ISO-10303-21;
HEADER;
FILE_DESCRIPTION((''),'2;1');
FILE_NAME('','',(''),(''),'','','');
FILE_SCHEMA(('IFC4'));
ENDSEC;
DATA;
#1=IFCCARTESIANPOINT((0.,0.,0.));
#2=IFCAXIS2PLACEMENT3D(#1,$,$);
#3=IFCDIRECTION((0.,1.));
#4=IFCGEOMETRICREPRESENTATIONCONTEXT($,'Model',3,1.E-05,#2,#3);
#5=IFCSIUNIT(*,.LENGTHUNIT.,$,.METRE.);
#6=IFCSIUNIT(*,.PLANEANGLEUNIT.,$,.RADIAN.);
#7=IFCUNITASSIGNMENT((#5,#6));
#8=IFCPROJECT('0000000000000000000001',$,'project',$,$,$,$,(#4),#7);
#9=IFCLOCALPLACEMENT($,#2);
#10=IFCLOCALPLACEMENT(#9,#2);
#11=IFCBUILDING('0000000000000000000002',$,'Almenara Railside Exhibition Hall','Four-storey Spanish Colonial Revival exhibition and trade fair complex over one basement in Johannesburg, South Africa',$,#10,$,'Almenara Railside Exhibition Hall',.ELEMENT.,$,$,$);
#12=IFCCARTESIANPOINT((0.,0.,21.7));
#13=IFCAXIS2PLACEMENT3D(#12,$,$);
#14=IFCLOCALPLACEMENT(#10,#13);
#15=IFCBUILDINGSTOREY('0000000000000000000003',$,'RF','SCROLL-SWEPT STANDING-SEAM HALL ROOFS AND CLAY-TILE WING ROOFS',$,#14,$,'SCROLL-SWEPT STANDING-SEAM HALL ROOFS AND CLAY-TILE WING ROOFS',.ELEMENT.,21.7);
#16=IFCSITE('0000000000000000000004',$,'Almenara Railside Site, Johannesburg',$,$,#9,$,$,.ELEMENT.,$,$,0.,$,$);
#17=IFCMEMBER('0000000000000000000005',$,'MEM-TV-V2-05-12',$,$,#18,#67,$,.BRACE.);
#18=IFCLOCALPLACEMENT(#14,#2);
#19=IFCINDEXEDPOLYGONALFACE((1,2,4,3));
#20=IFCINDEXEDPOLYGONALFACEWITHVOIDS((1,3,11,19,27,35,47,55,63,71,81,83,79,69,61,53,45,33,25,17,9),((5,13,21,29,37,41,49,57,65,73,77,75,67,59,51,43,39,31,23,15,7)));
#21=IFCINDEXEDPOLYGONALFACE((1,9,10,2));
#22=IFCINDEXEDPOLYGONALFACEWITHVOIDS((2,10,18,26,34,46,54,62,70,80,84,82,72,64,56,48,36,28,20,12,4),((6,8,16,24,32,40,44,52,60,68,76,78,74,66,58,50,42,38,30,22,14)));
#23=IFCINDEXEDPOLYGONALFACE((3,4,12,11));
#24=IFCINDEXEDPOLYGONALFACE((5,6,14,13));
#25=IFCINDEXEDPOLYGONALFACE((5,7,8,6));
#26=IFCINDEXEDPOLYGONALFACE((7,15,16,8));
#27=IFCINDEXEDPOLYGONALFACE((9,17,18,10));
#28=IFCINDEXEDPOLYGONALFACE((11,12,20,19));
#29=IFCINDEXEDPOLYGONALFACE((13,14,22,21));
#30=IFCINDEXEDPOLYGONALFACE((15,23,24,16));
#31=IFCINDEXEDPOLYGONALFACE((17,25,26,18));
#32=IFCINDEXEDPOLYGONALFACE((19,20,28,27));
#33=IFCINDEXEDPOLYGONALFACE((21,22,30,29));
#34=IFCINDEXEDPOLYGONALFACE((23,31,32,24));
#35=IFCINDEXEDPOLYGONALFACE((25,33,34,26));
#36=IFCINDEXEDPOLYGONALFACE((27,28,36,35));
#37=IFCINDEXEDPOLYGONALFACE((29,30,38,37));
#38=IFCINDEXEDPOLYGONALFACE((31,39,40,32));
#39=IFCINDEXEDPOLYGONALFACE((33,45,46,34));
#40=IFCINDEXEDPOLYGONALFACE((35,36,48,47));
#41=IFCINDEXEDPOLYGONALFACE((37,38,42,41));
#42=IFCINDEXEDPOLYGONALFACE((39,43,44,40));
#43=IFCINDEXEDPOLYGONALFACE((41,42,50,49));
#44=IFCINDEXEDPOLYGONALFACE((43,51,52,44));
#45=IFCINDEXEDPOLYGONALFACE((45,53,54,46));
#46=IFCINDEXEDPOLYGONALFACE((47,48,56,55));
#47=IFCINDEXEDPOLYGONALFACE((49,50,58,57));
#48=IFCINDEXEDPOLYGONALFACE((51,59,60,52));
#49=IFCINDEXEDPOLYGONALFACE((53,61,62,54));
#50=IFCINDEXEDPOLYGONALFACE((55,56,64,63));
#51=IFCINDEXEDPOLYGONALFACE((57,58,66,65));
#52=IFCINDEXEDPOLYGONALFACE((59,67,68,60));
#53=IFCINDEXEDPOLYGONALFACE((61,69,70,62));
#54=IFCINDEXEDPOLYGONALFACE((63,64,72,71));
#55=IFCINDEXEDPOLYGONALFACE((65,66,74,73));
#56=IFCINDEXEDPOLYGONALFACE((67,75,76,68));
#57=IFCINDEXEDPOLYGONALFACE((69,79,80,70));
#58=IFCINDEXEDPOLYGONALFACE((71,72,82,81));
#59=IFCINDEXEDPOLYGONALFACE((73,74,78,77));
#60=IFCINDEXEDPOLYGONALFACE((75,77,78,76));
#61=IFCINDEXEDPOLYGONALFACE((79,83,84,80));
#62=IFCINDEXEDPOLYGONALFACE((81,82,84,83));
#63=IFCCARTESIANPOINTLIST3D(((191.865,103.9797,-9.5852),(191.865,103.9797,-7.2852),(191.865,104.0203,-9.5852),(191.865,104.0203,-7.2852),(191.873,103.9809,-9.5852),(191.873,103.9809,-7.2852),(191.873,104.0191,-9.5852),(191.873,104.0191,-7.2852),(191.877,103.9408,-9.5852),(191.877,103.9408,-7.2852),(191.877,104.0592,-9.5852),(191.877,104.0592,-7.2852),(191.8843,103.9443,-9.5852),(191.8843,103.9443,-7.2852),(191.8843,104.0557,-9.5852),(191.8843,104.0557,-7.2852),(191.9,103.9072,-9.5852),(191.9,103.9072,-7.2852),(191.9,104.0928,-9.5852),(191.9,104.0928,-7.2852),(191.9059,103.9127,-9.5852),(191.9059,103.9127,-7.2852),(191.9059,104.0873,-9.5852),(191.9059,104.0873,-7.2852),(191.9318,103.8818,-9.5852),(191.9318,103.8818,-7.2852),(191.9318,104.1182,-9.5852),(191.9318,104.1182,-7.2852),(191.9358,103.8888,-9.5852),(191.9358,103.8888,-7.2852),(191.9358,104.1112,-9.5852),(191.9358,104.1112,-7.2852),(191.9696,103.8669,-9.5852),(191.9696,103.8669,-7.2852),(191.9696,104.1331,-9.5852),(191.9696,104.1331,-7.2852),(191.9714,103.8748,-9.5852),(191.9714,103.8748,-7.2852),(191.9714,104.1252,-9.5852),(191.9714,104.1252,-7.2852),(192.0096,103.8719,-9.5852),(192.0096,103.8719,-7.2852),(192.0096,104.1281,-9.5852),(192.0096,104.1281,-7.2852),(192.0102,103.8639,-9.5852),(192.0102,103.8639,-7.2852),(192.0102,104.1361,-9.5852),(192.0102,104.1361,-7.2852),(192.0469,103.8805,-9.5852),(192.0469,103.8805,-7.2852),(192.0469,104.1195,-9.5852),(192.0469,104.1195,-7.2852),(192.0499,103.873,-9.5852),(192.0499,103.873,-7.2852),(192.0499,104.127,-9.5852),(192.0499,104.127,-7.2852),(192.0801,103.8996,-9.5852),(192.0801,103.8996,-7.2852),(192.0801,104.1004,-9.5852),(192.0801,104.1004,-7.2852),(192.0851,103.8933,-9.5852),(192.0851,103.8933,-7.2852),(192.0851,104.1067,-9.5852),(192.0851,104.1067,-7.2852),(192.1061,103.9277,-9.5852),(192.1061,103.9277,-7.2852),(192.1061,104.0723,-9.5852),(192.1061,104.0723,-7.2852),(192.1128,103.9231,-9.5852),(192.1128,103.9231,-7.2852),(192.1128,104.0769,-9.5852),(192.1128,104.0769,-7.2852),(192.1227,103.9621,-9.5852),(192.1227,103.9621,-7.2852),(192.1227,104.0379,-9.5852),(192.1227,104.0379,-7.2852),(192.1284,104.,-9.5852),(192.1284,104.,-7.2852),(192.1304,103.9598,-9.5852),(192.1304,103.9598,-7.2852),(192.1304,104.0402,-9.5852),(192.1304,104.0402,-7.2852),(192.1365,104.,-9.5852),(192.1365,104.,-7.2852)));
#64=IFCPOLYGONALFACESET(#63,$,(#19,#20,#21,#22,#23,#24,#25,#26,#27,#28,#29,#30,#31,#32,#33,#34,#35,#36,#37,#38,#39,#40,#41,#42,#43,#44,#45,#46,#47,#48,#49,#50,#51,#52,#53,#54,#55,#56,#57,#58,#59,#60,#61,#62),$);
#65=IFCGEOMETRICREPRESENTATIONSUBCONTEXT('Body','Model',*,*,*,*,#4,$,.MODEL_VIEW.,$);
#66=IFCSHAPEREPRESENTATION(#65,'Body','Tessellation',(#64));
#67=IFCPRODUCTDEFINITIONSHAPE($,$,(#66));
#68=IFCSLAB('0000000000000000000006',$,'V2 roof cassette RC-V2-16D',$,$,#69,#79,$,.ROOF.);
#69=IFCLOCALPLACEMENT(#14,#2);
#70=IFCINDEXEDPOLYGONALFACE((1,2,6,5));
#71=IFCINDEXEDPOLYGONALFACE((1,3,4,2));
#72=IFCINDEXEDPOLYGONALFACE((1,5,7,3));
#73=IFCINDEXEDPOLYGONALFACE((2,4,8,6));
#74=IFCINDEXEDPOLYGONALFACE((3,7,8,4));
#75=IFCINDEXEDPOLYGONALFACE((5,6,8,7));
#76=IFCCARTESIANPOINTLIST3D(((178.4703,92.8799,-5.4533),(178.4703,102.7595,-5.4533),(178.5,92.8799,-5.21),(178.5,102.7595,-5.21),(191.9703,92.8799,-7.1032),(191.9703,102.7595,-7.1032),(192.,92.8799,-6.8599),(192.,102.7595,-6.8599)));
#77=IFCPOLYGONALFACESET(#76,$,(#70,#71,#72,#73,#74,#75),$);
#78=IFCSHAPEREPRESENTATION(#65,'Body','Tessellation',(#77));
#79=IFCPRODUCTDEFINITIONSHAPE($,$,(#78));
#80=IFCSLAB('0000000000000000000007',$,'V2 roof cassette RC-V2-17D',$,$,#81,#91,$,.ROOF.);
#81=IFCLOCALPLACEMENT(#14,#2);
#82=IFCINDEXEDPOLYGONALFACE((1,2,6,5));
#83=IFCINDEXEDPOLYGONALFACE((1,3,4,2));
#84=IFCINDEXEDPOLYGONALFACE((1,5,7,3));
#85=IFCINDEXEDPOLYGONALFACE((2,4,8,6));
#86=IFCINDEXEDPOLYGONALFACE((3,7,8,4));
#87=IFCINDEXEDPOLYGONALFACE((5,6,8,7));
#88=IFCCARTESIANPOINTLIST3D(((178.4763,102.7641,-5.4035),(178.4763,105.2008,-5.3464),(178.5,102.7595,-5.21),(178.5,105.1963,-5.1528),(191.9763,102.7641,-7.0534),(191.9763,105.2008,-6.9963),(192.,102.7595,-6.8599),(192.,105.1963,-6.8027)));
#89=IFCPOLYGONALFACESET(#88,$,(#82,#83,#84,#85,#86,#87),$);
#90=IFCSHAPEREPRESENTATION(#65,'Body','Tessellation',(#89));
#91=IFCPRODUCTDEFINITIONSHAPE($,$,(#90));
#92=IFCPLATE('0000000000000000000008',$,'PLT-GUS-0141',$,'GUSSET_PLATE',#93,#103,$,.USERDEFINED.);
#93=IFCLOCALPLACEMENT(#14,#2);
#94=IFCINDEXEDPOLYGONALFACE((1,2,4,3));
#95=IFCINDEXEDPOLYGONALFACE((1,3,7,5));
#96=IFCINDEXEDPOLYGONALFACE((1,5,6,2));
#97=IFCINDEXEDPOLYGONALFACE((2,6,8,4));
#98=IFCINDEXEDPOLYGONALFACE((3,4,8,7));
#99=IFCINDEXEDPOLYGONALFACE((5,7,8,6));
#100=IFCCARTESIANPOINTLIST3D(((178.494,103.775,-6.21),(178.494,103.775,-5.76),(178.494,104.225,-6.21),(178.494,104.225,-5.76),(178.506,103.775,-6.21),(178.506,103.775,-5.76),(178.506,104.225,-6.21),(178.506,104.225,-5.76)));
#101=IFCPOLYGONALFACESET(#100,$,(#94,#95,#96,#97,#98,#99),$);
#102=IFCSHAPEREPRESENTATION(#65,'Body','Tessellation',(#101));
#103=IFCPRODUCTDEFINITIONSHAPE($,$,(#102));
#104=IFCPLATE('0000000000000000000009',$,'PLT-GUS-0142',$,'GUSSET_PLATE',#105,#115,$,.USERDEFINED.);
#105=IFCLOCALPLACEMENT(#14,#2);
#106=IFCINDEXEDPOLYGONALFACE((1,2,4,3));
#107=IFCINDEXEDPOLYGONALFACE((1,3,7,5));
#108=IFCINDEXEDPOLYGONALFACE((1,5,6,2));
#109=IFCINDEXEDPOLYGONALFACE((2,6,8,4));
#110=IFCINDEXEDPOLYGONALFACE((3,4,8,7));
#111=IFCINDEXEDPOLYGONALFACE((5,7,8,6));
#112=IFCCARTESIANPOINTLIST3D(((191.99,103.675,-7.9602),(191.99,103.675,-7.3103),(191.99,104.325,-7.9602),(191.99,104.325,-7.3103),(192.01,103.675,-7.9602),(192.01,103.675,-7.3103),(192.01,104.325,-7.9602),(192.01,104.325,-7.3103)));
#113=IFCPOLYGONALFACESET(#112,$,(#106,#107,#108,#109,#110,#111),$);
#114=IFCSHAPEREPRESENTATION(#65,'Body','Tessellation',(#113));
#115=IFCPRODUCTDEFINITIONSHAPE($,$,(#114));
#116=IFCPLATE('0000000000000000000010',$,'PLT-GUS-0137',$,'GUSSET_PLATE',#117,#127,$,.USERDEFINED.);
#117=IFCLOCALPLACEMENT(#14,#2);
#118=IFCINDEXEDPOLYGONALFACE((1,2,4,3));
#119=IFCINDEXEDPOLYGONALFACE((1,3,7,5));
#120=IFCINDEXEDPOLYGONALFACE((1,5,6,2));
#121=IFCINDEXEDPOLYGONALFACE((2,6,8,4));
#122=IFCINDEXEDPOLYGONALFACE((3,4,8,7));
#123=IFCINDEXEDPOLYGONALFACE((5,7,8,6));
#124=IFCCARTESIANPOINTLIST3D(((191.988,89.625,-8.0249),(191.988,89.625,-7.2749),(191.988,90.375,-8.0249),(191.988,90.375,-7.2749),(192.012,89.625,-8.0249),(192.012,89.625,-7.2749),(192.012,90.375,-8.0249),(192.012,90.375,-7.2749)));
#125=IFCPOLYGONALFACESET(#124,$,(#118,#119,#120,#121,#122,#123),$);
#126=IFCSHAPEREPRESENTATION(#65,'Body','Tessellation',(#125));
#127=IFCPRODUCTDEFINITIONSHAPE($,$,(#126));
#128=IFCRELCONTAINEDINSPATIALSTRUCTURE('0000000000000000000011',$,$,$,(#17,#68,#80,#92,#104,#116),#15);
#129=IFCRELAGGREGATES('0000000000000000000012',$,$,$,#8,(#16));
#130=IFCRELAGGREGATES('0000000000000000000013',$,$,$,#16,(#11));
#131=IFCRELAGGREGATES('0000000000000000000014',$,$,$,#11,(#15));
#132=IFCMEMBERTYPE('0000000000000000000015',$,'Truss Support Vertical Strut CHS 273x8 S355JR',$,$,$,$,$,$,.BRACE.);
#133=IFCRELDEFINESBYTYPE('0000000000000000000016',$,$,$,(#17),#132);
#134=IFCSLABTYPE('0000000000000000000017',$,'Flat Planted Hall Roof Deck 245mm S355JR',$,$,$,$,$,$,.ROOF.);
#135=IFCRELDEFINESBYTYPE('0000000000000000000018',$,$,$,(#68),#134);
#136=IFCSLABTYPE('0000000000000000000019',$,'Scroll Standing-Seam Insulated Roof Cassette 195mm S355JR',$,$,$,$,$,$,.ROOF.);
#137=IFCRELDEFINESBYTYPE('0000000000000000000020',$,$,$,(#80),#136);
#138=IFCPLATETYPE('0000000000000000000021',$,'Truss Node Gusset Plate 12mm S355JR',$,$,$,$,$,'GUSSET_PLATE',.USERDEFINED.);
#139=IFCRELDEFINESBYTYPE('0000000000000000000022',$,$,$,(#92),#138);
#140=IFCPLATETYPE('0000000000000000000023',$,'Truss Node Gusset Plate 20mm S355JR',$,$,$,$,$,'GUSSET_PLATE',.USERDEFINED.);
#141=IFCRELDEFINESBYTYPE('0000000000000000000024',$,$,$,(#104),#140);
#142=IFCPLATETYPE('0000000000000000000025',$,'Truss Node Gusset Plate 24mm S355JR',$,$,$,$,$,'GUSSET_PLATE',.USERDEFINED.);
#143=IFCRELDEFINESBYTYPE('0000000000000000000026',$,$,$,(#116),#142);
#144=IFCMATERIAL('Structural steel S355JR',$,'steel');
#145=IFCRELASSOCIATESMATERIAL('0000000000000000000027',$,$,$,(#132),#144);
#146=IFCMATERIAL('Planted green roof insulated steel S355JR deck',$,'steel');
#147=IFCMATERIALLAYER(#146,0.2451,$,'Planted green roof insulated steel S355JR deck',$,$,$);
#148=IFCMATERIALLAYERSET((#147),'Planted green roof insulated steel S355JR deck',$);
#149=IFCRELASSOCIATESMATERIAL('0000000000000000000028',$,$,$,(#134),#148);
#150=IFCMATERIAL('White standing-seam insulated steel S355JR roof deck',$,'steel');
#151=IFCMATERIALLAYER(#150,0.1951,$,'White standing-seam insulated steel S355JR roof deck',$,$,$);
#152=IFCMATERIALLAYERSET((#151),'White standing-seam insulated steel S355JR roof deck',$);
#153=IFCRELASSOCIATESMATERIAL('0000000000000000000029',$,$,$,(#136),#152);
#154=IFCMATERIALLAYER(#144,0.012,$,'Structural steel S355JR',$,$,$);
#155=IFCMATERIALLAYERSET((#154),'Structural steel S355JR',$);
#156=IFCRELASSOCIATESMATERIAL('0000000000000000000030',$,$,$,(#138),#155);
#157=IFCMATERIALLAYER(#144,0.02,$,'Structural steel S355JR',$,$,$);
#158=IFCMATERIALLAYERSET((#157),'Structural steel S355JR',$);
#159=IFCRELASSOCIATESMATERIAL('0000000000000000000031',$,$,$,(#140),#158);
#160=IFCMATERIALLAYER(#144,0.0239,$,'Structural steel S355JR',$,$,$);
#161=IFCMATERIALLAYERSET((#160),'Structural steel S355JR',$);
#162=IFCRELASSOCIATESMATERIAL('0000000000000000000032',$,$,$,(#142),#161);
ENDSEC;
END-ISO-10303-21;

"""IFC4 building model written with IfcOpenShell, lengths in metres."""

from ifc_helpers import new_model, si_unit, direction, frame, origin, origin_2d, place, context, subcontext, project, spatial, polyline, rectangle, hollow_circle, outline, extrude, material, layer, layer_set, material_profile, profile_set, type_object, element, save


model = new_model("IFC4")

# Units and contexts
model_context = context("Model", 3, precision=1e-05, world=origin(), true_north=direction((0.0, 1.0)))
body_context = subcontext(model_context, "Body", "Model", "MODEL_VIEW")
ifc_project = project(units=[si_unit("LENGTHUNIT", "METRE"), si_unit("PLANEANGLEUNIT", "RADIAN")], contexts=[model_context])

# Site, building, storey
site_placement = place(None, origin())
site = spatial("IfcSite", under=ifc_project, at=site_placement, Name="Almenara Railside Site, Johannesburg", CompositionType="ELEMENT", RefElevation=0.0)
building_placement = place(site_placement, origin())
building = spatial("IfcBuilding", under=site, at=building_placement, Name="Almenara Railside Exhibition Hall", Description="Four-storey Spanish Colonial Revival exhibition and trade fair complex over one basement in Johannesburg, South Africa", LongName="Almenara Railside Exhibition Hall", CompositionType="ELEMENT")
storey_placement = place(building_placement, frame((0.0, 0.0, 21.7)))
storey = spatial("IfcBuildingStorey", under=building, at=storey_placement, Name="RF", Description="SCROLL-SWEPT STANDING-SEAM HALL ROOFS AND CLAY-TILE WING ROOFS", LongName="SCROLL-SWEPT STANDING-SEAM HALL ROOFS AND CLAY-TILE WING ROOFS", CompositionType="ELEMENT", Elevation=21.7)

# Shared definitions
ifc_material_1 = material(Name="Structural steel S355JR", Category="steel")

# Member
ifc_material_profile_1 = material_profile(ifc_material_1, hollow_circle(Radius=0.1365, WallThickness=0.0081, at=origin_2d()), Name="CHS 273x8")
ifc_profile_set_1 = profile_set([ifc_material_profile_1], Name="Structural steel S355JR")
member_type_1 = type_object("IfcMemberType", Name="Truss Support Vertical Strut CHS 273x8 S355JR", PredefinedType="BRACE", material=ifc_profile_set_1)
member_1_placement = place(storey_placement, frame((192.0, 104.0, -9.5852), z_axis=(0.0, 0.0, 1.0), x_axis=(1.0, 0.0, 0.0)))
element("IfcMember", 1, at=member_1_placement, inside=storey, type_object=member_type_1, Name="MEM-TV-V2-05-12", PredefinedType="BRACE", context=body_context, shape_type="SweptSolid", body=[
    extrude(hollow_circle(Radius=0.1365, WallThickness=0.0081, at=origin_2d()), origin(), (0.0, 0.0, 1.0), 2.3),
])

# Slabs
ifc_material_2 = material(Name="Planted green roof insulated steel S355JR deck", Category="steel")
ifc_layer_1 = layer(ifc_material_2, 0.2451, Name="Planted green roof insulated steel S355JR deck")
ifc_layer_set_1 = layer_set([ifc_layer_1], Name="Planted green roof insulated steel S355JR deck")
slab_type_1 = type_object("IfcSlabType", Name="Flat Planted Hall Roof Deck 245mm S355JR", PredefinedType="ROOF", material=ifc_layer_set_1)
slab_1_placement = place(storey_placement, frame((178.5, 92.8799, -5.21), z_axis=(0.121312, 0.0, 0.992614), x_axis=(0.992614, 0.0, -0.121312)))
element("IfcSlab", 2, at=slab_1_placement, inside=storey, type_object=slab_type_1, Name="V2 roof cassette RC-V2-16D", PredefinedType="ROOF", context=body_context, shape_type="SweptSolid", body=[
    extrude(outline(polyline([(0.0, 0.0), (13.6004, 0.0), (13.6004, 9.8796), (0.0, 9.8796), (0.0, 0.0)])), origin(), (0.0, 0.0, -1.0), 0.2451),
])
ifc_material_3 = material(Name="White standing-seam insulated steel S355JR roof deck", Category="steel")
ifc_layer_2 = layer(ifc_material_3, 0.1951, Name="White standing-seam insulated steel S355JR roof deck")
ifc_layer_set_2 = layer_set([ifc_layer_2], Name="White standing-seam insulated steel S355JR roof deck")
slab_type_2 = type_object("IfcSlabType", Name="Scroll Standing-Seam Insulated Roof Cassette 195mm S355JR", PredefinedType="ROOF", material=ifc_layer_set_2)
slab_2_placement = place(storey_placement, frame((178.5, 102.7595, -5.21), z_axis=(0.12128, -0.023265, 0.992346), x_axis=(0.992614, 0.0, -0.121312)))
element("IfcSlab", 3, at=slab_2_placement, inside=storey, type_object=slab_type_2, Name="V2 roof cassette RC-V2-17D", PredefinedType="ROOF", context=body_context, shape_type="SweptSolid", body=[
    extrude(outline(polyline([(0.0, 0.0), (13.6004, 0.0), (13.5935, 2.4374), (-0.0069, 2.4374), (0.0, 0.0)])), origin(), (0.0, 0.0, -1.0), 0.1951),
])

# Plates
ifc_layer_3 = layer(ifc_material_1, 0.012, Name="Structural steel S355JR")
ifc_layer_set_3 = layer_set([ifc_layer_3], Name="Structural steel S355JR")
plate_type_1 = type_object("IfcPlateType", Name="Truss Node Gusset Plate 12mm S355JR", ElementType="GUSSET_PLATE", PredefinedType="USERDEFINED", material=ifc_layer_set_3)
plate_1_placement = place(storey_placement, frame((178.5, 104.0, -6.21), z_axis=(0.0, 0.0, 1.0), x_axis=(0.0, 1.0, 0.0)))
element("IfcPlate", 4, at=plate_1_placement, inside=storey, type_object=plate_type_1, Name="PLT-GUS-0141", ObjectType="GUSSET_PLATE", PredefinedType="USERDEFINED", context=body_context, shape_type="SweptSolid", body=[
    extrude(rectangle(XDim=0.45, YDim=0.012, at=origin_2d()), origin(), (0.0, 0.0, 1.0), 0.45),
])
ifc_layer_4 = layer(ifc_material_1, 0.02, Name="Structural steel S355JR")
ifc_layer_set_4 = layer_set([ifc_layer_4], Name="Structural steel S355JR")
plate_type_2 = type_object("IfcPlateType", Name="Truss Node Gusset Plate 20mm S355JR", ElementType="GUSSET_PLATE", PredefinedType="USERDEFINED", material=ifc_layer_set_4)
plate_2_placement = place(storey_placement, frame((192.0, 104.0, -7.9602), z_axis=(0.0, 0.0, 1.0), x_axis=(0.0, 1.0, 0.0)))
element("IfcPlate", 5, at=plate_2_placement, inside=storey, type_object=plate_type_2, Name="PLT-GUS-0142", ObjectType="GUSSET_PLATE", PredefinedType="USERDEFINED", context=body_context, shape_type="SweptSolid", body=[
    extrude(rectangle(XDim=0.6499, YDim=0.02, at=origin_2d()), origin(), (0.0, 0.0, 1.0), 0.6499),
])
ifc_layer_5 = layer(ifc_material_1, 0.0239, Name="Structural steel S355JR")
ifc_layer_set_5 = layer_set([ifc_layer_5], Name="Structural steel S355JR")
plate_type_3 = type_object("IfcPlateType", Name="Truss Node Gusset Plate 24mm S355JR", ElementType="GUSSET_PLATE", PredefinedType="USERDEFINED", material=ifc_layer_set_5)
plate_3_placement = place(storey_placement, frame((192.0, 90.0, -8.0249), z_axis=(0.0, 0.0, 1.0), x_axis=(0.0, 1.0, 0.0)))
element("IfcPlate", 6, at=plate_3_placement, inside=storey, type_object=plate_type_3, Name="PLT-GUS-0137", ObjectType="GUSSET_PLATE", PredefinedType="USERDEFINED", context=body_context, shape_type="SweptSolid", body=[
    extrude(rectangle(XDim=0.75, YDim=0.0239, at=origin_2d()), origin(), (0.0, 0.0, 1.0), 0.75),
])

save(model, "model.ifc")
